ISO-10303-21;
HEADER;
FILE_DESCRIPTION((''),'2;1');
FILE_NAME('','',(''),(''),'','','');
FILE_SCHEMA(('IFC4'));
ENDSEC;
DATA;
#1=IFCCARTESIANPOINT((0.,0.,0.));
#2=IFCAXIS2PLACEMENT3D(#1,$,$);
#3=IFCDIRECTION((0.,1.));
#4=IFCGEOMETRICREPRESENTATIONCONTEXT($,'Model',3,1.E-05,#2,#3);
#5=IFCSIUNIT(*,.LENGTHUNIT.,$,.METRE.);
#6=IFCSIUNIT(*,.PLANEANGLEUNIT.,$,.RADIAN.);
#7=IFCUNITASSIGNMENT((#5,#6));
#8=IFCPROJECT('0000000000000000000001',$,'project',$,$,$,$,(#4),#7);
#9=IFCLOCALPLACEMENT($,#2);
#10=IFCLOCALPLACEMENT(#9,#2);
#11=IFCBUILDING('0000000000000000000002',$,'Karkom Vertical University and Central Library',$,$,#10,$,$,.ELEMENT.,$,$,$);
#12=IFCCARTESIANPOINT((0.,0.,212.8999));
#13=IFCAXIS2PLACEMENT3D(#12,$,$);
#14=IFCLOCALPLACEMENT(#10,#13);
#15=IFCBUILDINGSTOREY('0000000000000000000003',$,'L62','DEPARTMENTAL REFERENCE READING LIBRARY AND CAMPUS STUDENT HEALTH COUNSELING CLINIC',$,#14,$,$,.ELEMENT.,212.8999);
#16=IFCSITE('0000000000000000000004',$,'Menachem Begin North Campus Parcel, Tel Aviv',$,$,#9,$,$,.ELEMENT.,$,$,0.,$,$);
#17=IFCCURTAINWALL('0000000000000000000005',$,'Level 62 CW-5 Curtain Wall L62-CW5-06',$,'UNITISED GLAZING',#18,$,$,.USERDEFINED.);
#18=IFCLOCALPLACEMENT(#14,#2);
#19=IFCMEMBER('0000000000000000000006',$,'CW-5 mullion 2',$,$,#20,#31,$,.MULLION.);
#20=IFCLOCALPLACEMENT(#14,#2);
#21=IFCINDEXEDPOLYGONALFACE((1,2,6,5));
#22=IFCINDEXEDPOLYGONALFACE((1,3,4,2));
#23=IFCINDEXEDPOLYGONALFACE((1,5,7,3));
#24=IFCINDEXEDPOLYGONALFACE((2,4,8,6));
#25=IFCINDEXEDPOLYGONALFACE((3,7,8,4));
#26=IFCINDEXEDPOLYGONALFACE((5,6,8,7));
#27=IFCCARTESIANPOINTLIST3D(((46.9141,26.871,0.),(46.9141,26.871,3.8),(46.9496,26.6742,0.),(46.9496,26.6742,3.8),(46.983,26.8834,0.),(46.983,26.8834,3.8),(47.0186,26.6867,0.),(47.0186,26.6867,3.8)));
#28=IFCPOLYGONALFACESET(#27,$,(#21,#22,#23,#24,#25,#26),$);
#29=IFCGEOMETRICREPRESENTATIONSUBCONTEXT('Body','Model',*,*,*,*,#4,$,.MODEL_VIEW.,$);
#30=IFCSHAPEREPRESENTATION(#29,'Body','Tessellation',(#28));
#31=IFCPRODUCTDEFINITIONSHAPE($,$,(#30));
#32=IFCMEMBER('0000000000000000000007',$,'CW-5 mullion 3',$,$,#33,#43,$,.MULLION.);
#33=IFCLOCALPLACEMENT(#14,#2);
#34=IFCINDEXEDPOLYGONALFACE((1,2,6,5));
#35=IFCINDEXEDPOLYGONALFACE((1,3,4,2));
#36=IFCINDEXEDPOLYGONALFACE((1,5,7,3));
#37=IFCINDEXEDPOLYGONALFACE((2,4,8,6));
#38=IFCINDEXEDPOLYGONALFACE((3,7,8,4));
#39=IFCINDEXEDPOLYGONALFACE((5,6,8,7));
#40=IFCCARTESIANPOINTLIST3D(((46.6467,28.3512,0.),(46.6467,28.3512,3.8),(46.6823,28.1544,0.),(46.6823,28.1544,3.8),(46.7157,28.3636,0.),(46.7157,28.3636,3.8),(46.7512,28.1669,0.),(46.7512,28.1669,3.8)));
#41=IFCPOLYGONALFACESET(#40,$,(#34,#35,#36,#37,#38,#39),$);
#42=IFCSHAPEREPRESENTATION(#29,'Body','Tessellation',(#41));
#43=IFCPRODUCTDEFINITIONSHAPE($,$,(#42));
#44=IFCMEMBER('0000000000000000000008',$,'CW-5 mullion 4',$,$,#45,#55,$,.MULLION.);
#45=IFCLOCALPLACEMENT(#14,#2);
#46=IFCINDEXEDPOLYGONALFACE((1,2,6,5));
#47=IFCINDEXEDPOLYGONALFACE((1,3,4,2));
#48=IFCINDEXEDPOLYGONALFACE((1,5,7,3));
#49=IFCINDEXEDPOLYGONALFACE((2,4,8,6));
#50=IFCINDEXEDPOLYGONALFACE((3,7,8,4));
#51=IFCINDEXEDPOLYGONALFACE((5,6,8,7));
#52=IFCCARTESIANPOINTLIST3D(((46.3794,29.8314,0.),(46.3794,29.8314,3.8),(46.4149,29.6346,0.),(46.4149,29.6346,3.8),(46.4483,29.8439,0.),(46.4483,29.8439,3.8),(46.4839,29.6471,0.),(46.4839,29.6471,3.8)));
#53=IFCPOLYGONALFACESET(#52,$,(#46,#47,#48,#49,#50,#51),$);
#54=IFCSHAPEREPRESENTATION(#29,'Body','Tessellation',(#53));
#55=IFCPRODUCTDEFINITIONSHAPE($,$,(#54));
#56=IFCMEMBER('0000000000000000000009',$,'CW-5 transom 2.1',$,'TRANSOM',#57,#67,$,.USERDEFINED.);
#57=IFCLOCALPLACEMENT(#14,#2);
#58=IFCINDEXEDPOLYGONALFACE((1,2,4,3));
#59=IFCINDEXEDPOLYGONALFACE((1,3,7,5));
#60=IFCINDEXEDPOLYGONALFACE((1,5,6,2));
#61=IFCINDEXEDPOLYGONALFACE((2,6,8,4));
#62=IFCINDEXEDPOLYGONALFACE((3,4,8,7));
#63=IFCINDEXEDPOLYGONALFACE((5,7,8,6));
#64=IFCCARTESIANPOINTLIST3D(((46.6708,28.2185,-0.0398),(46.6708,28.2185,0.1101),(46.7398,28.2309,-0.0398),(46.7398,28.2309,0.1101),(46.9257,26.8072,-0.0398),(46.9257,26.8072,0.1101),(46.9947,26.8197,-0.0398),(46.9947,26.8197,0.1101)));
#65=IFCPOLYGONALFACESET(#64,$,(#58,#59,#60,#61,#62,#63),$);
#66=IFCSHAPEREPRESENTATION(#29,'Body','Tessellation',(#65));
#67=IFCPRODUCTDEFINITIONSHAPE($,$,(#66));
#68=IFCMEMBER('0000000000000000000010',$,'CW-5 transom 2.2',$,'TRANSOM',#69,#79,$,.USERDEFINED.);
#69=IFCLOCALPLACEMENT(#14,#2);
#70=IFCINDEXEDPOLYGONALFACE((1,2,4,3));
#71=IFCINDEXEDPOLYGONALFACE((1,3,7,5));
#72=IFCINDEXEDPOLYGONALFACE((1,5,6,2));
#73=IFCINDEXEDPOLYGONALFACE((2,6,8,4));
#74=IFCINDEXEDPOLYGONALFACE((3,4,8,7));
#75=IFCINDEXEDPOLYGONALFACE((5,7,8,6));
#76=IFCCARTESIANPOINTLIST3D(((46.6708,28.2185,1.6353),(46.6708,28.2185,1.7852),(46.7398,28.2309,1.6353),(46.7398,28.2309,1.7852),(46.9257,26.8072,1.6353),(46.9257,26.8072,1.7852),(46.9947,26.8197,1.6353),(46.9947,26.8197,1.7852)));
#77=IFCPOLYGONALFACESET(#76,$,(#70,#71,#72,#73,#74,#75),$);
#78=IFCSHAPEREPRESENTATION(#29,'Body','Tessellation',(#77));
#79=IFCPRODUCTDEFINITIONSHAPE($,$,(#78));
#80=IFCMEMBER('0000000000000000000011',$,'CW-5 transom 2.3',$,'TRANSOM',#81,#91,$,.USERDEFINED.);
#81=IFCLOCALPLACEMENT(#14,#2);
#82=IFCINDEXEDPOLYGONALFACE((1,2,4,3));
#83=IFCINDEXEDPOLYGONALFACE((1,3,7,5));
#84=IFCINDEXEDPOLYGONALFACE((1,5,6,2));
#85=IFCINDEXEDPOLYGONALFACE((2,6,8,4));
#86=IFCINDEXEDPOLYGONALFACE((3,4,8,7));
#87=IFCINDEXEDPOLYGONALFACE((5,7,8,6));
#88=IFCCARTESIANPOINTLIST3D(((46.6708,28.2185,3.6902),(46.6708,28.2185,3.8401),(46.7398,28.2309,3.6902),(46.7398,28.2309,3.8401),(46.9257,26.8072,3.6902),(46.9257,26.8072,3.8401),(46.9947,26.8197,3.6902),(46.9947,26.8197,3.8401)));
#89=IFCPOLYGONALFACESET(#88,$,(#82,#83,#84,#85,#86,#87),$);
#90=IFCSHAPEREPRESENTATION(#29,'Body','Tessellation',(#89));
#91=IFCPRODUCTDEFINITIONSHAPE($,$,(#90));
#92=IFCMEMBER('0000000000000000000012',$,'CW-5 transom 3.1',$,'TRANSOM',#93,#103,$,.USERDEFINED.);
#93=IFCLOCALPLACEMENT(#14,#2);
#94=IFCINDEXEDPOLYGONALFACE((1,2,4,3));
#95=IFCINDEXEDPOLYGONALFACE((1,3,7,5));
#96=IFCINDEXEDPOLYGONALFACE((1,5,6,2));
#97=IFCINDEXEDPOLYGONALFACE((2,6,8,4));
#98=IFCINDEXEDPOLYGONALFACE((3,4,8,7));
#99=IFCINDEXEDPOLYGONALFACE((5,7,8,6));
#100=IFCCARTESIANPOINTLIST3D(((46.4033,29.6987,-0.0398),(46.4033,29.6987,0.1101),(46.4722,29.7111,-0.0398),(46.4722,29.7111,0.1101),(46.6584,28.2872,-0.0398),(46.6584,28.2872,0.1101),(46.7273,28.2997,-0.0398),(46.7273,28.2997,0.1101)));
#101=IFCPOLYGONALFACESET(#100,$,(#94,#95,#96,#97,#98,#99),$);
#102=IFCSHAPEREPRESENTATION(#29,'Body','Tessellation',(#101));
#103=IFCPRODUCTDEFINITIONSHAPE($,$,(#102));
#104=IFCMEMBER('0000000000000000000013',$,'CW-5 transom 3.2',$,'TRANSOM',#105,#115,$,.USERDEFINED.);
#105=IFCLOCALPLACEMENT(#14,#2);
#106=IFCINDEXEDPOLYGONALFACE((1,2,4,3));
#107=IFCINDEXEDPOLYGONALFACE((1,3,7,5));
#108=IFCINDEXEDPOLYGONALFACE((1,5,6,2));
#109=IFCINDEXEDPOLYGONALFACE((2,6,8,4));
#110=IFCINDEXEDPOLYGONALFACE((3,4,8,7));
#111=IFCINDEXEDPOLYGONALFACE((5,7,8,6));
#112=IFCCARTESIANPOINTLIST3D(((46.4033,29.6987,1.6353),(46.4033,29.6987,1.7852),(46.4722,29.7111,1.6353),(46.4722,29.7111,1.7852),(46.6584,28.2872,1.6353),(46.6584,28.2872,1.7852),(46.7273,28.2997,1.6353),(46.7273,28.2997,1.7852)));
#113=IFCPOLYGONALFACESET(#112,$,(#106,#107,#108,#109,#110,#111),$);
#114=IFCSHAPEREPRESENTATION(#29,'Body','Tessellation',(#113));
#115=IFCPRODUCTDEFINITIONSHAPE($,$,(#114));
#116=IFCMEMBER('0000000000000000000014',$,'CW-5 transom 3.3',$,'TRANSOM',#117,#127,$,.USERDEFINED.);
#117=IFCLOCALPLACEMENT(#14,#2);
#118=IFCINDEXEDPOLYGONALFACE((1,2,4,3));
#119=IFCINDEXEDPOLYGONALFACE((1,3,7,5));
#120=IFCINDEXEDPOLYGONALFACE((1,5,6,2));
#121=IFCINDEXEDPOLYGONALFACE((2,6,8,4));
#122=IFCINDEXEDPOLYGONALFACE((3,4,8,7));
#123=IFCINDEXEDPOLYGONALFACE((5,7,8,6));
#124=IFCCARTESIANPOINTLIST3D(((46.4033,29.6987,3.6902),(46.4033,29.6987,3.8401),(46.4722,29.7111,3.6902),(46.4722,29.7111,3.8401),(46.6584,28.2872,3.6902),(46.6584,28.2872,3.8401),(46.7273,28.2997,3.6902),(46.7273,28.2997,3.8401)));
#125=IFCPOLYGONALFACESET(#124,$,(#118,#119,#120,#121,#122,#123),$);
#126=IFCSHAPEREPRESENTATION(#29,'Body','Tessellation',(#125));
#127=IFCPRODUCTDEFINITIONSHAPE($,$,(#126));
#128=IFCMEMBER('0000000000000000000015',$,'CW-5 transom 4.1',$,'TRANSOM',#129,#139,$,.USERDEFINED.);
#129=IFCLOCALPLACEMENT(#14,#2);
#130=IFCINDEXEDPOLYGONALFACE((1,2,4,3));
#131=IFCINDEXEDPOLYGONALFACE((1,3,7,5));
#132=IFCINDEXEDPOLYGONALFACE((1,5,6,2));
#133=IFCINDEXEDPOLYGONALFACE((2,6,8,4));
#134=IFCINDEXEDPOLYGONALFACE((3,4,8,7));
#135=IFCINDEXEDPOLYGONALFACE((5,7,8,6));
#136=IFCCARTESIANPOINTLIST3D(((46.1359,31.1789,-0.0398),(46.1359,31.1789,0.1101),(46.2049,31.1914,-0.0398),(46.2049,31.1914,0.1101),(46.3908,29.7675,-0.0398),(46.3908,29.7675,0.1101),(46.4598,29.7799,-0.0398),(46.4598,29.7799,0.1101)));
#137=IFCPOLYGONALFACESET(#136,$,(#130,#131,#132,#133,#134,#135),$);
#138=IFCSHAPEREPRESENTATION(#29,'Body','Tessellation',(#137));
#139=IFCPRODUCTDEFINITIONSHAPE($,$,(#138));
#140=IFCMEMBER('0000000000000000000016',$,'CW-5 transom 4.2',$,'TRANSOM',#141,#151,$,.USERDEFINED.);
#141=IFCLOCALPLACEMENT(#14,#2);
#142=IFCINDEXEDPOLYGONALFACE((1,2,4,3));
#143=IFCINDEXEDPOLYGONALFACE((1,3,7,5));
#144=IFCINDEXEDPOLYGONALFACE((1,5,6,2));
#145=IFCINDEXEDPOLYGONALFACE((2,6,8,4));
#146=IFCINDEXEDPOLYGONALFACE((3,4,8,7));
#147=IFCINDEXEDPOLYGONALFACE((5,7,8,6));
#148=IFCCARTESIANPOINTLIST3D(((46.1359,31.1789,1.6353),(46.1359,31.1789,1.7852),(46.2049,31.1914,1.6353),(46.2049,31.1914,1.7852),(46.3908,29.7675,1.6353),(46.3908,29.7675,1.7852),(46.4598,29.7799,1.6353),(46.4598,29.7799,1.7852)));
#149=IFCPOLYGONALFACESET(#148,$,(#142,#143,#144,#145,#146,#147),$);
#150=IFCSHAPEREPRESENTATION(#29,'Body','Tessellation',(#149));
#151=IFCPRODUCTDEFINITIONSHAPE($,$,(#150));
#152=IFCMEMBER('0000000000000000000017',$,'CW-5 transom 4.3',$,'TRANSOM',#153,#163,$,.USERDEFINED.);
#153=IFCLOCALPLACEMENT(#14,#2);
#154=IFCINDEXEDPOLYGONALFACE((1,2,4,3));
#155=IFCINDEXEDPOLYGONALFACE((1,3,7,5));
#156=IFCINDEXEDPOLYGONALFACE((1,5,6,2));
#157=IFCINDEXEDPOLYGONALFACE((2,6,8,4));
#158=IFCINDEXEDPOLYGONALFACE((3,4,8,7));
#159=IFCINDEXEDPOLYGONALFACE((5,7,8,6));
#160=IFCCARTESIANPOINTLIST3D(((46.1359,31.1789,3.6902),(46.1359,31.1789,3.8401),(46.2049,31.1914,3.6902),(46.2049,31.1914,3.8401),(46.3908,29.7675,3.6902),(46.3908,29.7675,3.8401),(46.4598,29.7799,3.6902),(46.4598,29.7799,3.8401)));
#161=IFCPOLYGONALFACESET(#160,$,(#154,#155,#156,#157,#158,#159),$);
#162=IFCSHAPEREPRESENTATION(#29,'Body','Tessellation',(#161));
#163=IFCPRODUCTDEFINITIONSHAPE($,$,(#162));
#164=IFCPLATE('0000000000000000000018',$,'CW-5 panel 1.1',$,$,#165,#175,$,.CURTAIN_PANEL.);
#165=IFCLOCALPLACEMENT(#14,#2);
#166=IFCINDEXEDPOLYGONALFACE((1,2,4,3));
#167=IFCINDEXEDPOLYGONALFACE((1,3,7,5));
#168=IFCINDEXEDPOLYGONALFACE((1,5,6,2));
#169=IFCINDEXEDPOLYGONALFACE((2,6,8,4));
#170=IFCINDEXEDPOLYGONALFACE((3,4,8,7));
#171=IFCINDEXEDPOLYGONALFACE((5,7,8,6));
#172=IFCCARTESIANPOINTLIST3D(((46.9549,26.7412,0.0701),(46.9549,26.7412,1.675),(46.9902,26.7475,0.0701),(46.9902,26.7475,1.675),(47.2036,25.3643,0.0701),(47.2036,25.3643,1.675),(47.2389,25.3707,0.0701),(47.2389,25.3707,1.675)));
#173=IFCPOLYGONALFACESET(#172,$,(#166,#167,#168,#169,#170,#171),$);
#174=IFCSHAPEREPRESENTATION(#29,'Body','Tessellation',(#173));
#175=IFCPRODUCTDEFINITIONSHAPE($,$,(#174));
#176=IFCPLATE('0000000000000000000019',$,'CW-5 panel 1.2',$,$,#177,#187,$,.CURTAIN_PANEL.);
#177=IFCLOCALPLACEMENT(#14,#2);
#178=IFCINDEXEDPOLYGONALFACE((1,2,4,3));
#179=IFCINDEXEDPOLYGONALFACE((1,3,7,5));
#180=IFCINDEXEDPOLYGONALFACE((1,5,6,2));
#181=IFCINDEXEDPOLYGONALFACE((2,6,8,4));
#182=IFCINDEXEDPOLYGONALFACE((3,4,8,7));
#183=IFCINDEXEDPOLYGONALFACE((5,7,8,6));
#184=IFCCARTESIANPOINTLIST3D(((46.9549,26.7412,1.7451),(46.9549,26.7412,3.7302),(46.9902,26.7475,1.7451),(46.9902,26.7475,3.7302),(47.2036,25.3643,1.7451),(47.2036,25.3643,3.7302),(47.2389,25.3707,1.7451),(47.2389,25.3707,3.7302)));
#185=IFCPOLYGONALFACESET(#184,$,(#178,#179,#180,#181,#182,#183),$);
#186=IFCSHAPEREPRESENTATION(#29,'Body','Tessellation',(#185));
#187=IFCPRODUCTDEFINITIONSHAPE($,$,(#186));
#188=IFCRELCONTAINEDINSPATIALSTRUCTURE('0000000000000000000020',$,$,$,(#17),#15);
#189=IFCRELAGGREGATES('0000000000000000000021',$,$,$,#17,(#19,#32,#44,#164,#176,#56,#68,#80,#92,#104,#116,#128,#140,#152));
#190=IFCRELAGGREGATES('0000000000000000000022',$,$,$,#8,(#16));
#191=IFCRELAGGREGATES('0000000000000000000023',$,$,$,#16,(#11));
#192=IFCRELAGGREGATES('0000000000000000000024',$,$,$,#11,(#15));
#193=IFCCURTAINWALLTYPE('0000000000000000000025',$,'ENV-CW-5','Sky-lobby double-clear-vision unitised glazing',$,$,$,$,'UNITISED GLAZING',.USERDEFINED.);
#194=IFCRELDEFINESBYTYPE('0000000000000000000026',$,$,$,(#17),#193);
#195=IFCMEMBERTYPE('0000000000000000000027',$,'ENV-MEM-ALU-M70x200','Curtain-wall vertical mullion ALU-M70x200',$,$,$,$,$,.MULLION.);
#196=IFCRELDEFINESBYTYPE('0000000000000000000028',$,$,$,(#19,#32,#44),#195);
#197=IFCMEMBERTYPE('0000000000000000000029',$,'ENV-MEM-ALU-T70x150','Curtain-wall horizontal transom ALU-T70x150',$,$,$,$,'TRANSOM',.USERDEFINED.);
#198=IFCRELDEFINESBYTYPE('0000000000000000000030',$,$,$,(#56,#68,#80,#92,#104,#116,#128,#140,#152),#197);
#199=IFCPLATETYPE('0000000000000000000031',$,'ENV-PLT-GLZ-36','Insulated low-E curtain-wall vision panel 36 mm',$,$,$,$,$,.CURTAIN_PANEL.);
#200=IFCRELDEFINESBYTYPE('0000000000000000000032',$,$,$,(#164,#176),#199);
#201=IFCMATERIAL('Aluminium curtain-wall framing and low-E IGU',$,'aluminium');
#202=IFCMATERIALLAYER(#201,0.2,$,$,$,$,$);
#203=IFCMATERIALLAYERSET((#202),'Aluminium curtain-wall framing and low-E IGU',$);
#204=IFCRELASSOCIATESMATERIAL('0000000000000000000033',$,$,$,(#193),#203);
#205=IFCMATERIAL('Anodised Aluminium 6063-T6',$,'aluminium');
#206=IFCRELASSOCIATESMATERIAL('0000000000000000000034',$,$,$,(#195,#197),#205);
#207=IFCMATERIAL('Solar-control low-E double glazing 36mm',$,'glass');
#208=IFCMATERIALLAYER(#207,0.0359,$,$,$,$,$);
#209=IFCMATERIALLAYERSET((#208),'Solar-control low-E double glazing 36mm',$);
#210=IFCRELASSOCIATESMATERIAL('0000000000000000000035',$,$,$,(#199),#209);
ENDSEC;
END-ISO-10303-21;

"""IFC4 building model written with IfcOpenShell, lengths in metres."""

from ifc_helpers import new_model, si_unit, direction, frame, origin, origin_with_axes, origin_2d, place, context, subcontext, project, spatial, rectangle, extrude, source, transform, mapped, material, layer, layer_set, material_profile, profile_set, type_object, element, aggregate, save


model = new_model("IFC4")

# Units and contexts
model_context = context("Model", 3, precision=1e-05, world=origin(), true_north=direction((0.0, 1.0)))
body_context = subcontext(model_context, "Body", "Model", "MODEL_VIEW")
ifc_project = project(units=[si_unit("LENGTHUNIT", "METRE"), si_unit("PLANEANGLEUNIT", "RADIAN")], contexts=[model_context])

# Site, building, storey
site_placement = place(None, origin())
site = spatial("IfcSite", under=ifc_project, at=site_placement, Name="Menachem Begin North Campus Parcel, Tel Aviv", CompositionType="ELEMENT", RefElevation=0.0)
building_placement = place(site_placement, origin())
building = spatial("IfcBuilding", under=site, at=building_placement, Name="Karkom Vertical University and Central Library", CompositionType="ELEMENT")
storey_placement = place(building_placement, frame((0.0, 0.0, 212.8999)))
storey = spatial("IfcBuildingStorey", under=building, at=storey_placement, Name="L62", Description="DEPARTMENTAL REFERENCE READING LIBRARY AND CAMPUS STUDENT HEALTH COUNSELING CLINIC", CompositionType="ELEMENT", Elevation=212.8999)

# Curtain wall, members, plates
ifc_material_1 = material(Name="Aluminium curtain-wall framing and low-E IGU", Category="aluminium")
ifc_layer_1 = layer(ifc_material_1, 0.2)
ifc_layer_set_1 = layer_set([ifc_layer_1], Name="Aluminium curtain-wall framing and low-E IGU")
curtain_wall_type = type_object("IfcCurtainWallType", Name="ENV-CW-5", Description="Sky-lobby double-clear-vision unitised glazing", ElementType="UNITISED GLAZING", PredefinedType="USERDEFINED", material=ifc_layer_set_1)
curtain_wall_placement = place(storey_placement, origin())
curtain_wall = element("IfcCurtainWall", 1, at=curtain_wall_placement, inside=storey, type_object=curtain_wall_type, Name="Level 62 CW-5 Curtain Wall L62-CW5-06", ObjectType="UNITISED GLAZING", PredefinedType="USERDEFINED")
ifc_material_2 = material(Name="Anodised Aluminium 6063-T6", Category="aluminium")
ifc_material_profile_1 = material_profile(ifc_material_2, rectangle(XDim=0.0701, YDim=0.2, at=origin_2d()), Name="ALU-M70x200")
ifc_profile_set_1 = profile_set([ifc_material_profile_1], Name="Anodised Aluminium 6063-T6")
member_type_1 = type_object("IfcMemberType", Name="ENV-MEM-ALU-M70x200", Description="Curtain-wall vertical mullion ALU-M70x200", PredefinedType="MULLION", material=ifc_profile_set_1)
shared_shape_1 = source(origin_with_axes(), body_context, "Body", "SweptSolid", [
    extrude(rectangle(XDim=0.0701, YDim=0.2, at=origin_2d()), origin(), (0.0, 0.0, 1.0), 3.8),
])
member_1_placement = place(storey_placement, frame((46.9663, 26.7788, 0.0), z_axis=(0.0, 0.0, 1.0), x_axis=(-0.984072, -0.177772, 0.0)))
member_1 = element("IfcMember", 2, at=member_1_placement, type_object=member_type_1, Name="CW-5 mullion 2", PredefinedType="MULLION", context=body_context, shape_type="MappedRepresentation", body=[
    mapped(shared_shape_1, transform((0.0, 0.0, 0.0), scale=1.0)),
])
member_2_placement = place(storey_placement, frame((46.699, 28.259, 0.0), z_axis=(0.0, 0.0, 1.0), x_axis=(-0.984072, -0.177772, 0.0)))
member_2 = element("IfcMember", 3, at=member_2_placement, type_object=member_type_1, Name="CW-5 mullion 3", PredefinedType="MULLION", context=body_context, shape_type="MappedRepresentation", body=[
    mapped(shared_shape_1, transform((0.0, 0.0, 0.0), scale=1.0)),
])
member_3_placement = place(storey_placement, frame((46.4316, 29.7393, 0.0), z_axis=(0.0, 0.0, 1.0), x_axis=(-0.984072, -0.177772, 0.0)))
member_3 = element("IfcMember", 4, at=member_3_placement, type_object=member_type_1, Name="CW-5 mullion 4", PredefinedType="MULLION", context=body_context, shape_type="MappedRepresentation", body=[
    mapped(shared_shape_1, transform((0.0, 0.0, 0.0), scale=1.0)),
])
ifc_material_profile_2 = material_profile(ifc_material_2, rectangle(XDim=0.0701, YDim=0.1499, at=origin_2d()), Name="ALU-T70x150")
ifc_profile_set_2 = profile_set([ifc_material_profile_2], Name="Anodised Aluminium 6063-T6")
member_type_2 = type_object("IfcMemberType", Name="ENV-MEM-ALU-T70x150", Description="Curtain-wall horizontal transom ALU-T70x150", ElementType="TRANSOM", PredefinedType="USERDEFINED", material=ifc_profile_set_2)
shared_shape_2 = source(origin_with_axes(), body_context, "Body", "SweptSolid", [
    extrude(rectangle(XDim=0.0701, YDim=0.1499, at=origin_2d()), origin(), (0.0, 0.0, 1.0), 1.4341),
])
member_4_placement = place(storey_placement, frame((46.9602, 26.8135, 0.0352), z_axis=(-0.177747, 0.984076, 0.0), x_axis=(-0.984076, -0.177747, 0.0)))
member_4 = element("IfcMember", 5, at=member_4_placement, type_object=member_type_2, Name="CW-5 transom 2.1", ObjectType="TRANSOM", PredefinedType="USERDEFINED", context=body_context, shape_type="MappedRepresentation", body=[
    mapped(shared_shape_2, transform((0.0, 0.0, 0.0), scale=1.0)),
])
member_5_placement = place(storey_placement, frame((46.9602, 26.8135, 1.7102), z_axis=(-0.177747, 0.984076, 0.0), x_axis=(-0.984076, -0.177747, 0.0)))
member_5 = element("IfcMember", 6, at=member_5_placement, type_object=member_type_2, Name="CW-5 transom 2.2", ObjectType="TRANSOM", PredefinedType="USERDEFINED", context=body_context, shape_type="MappedRepresentation", body=[
    mapped(shared_shape_2, transform((0.0, 0.0, 0.0), scale=1.0)),
])
member_6_placement = place(storey_placement, frame((46.9602, 26.8135, 3.7651), z_axis=(-0.177747, 0.984076, 0.0), x_axis=(-0.984076, -0.177747, 0.0)))
member_6 = element("IfcMember", 7, at=member_6_placement, type_object=member_type_2, Name="CW-5 transom 2.3", ObjectType="TRANSOM", PredefinedType="USERDEFINED", context=body_context, shape_type="MappedRepresentation", body=[
    mapped(shared_shape_2, transform((0.0, 0.0, 0.0), scale=1.0)),
])
shared_shape_3 = source(origin_with_axes(), body_context, "Body", "SweptSolid", [
    extrude(rectangle(XDim=0.0701, YDim=0.1499, at=origin_2d()), origin(), (0.0, 0.0, 1.0), 1.4343),
])
member_7_placement = place(storey_placement, frame((46.6929, 28.2935, 0.0352), z_axis=(-0.177882, 0.984052, 0.0), x_axis=(-0.984052, -0.177882, 0.0)))
member_7 = element("IfcMember", 8, at=member_7_placement, type_object=member_type_2, Name="CW-5 transom 3.1", ObjectType="TRANSOM", PredefinedType="USERDEFINED", context=body_context, shape_type="MappedRepresentation", body=[
    mapped(shared_shape_3, transform((0.0, 0.0, 0.0), scale=1.0)),
])
member_8_placement = place(storey_placement, frame((46.6929, 28.2935, 1.7102), z_axis=(-0.177882, 0.984052, 0.0), x_axis=(-0.984052, -0.177882, 0.0)))
member_8 = element("IfcMember", 9, at=member_8_placement, type_object=member_type_2, Name="CW-5 transom 3.2", ObjectType="TRANSOM", PredefinedType="USERDEFINED", context=body_context, shape_type="MappedRepresentation", body=[
    mapped(shared_shape_3, transform((0.0, 0.0, 0.0), scale=1.0)),
])
member_9_placement = place(storey_placement, frame((46.6929, 28.2935, 3.7651), z_axis=(-0.177882, 0.984052, 0.0), x_axis=(-0.984052, -0.177882, 0.0)))
member_9 = element("IfcMember", 10, at=member_9_placement, type_object=member_type_2, Name="CW-5 transom 3.3", ObjectType="TRANSOM", PredefinedType="USERDEFINED", context=body_context, shape_type="MappedRepresentation", body=[
    mapped(shared_shape_3, transform((0.0, 0.0, 0.0), scale=1.0)),
])
member_10_placement = place(storey_placement, frame((46.4253, 29.7737, 0.0352), z_axis=(-0.177717, 0.984082, 0.0), x_axis=(-0.984082, -0.177717, 0.0)))
member_10 = element("IfcMember", 11, at=member_10_placement, type_object=member_type_2, Name="CW-5 transom 4.1", ObjectType="TRANSOM", PredefinedType="USERDEFINED", context=body_context, shape_type="MappedRepresentation", body=[
    mapped(shared_shape_3, transform((0.0, 0.0, 0.0), scale=1.0)),
])
member_11_placement = place(storey_placement, frame((46.4253, 29.7737, 1.7102), z_axis=(-0.177717, 0.984082, 0.0), x_axis=(-0.984082, -0.177717, 0.0)))
member_11 = element("IfcMember", 12, at=member_11_placement, type_object=member_type_2, Name="CW-5 transom 4.2", ObjectType="TRANSOM", PredefinedType="USERDEFINED", context=body_context, shape_type="MappedRepresentation", body=[
    mapped(shared_shape_3, transform((0.0, 0.0, 0.0), scale=1.0)),
])
member_12_placement = place(storey_placement, frame((46.4253, 29.7737, 3.7651), z_axis=(-0.177717, 0.984082, 0.0), x_axis=(-0.984082, -0.177717, 0.0)))
member_12 = element("IfcMember", 13, at=member_12_placement, type_object=member_type_2, Name="CW-5 transom 4.3", ObjectType="TRANSOM", PredefinedType="USERDEFINED", context=body_context, shape_type="MappedRepresentation", body=[
    mapped(shared_shape_3, transform((0.0, 0.0, 0.0), scale=1.0)),
])
ifc_material_3 = material(Name="Solar-control low-E double glazing 36mm", Category="glass")
ifc_layer_2 = layer(ifc_material_3, 0.0359)
ifc_layer_set_2 = layer_set([ifc_layer_2], Name="Solar-control low-E double glazing 36mm")
plate_type = type_object("IfcPlateType", Name="ENV-PLT-GLZ-36", Description="Insulated low-E curtain-wall vision panel 36 mm", PredefinedType="CURTAIN_PANEL", material=ifc_layer_set_2)
shared_shape_4 = source(origin_with_axes(), body_context, "Body", "SweptSolid", [
    extrude(rectangle(XDim=1.3992, YDim=0.0359, at=origin_2d()), origin(), (0.0, 0.0, 1.0), 1.605),
])
plate_1_placement = place(storey_placement, frame((47.0969, 26.0559, 0.0701), z_axis=(0.0, 0.0, 1.0), x_axis=(-0.177772, 0.984072, 0.0)))
plate_1 = element("IfcPlate", 14, at=plate_1_placement, type_object=plate_type, Name="CW-5 panel 1.1", PredefinedType="CURTAIN_PANEL", context=body_context, shape_type="MappedRepresentation", body=[
    mapped(shared_shape_4, transform((0.0, 0.0, 0.0), scale=1.0)),
])
shared_shape_5 = source(origin_with_axes(), body_context, "Body", "SweptSolid", [
    extrude(rectangle(XDim=1.3992, YDim=0.0359, at=origin_2d()), origin(), (0.0, 0.0, 1.0), 1.9851),
])
plate_2_placement = place(storey_placement, frame((47.0969, 26.0559, 1.7451), z_axis=(0.0, 0.0, 1.0), x_axis=(-0.177772, 0.984072, 0.0)))
plate_2 = element("IfcPlate", 15, at=plate_2_placement, type_object=plate_type, Name="CW-5 panel 1.2", PredefinedType="CURTAIN_PANEL", context=body_context, shape_type="MappedRepresentation", body=[
    mapped(shared_shape_5, transform((0.0, 0.0, 0.0), scale=1.0)),
])
aggregate(curtain_wall, [member_1, member_2, member_3, plate_1, plate_2, member_4, member_5, member_6, member_7, member_8, member_9, member_10, member_11, member_12])

save(model, "model.ifc")
